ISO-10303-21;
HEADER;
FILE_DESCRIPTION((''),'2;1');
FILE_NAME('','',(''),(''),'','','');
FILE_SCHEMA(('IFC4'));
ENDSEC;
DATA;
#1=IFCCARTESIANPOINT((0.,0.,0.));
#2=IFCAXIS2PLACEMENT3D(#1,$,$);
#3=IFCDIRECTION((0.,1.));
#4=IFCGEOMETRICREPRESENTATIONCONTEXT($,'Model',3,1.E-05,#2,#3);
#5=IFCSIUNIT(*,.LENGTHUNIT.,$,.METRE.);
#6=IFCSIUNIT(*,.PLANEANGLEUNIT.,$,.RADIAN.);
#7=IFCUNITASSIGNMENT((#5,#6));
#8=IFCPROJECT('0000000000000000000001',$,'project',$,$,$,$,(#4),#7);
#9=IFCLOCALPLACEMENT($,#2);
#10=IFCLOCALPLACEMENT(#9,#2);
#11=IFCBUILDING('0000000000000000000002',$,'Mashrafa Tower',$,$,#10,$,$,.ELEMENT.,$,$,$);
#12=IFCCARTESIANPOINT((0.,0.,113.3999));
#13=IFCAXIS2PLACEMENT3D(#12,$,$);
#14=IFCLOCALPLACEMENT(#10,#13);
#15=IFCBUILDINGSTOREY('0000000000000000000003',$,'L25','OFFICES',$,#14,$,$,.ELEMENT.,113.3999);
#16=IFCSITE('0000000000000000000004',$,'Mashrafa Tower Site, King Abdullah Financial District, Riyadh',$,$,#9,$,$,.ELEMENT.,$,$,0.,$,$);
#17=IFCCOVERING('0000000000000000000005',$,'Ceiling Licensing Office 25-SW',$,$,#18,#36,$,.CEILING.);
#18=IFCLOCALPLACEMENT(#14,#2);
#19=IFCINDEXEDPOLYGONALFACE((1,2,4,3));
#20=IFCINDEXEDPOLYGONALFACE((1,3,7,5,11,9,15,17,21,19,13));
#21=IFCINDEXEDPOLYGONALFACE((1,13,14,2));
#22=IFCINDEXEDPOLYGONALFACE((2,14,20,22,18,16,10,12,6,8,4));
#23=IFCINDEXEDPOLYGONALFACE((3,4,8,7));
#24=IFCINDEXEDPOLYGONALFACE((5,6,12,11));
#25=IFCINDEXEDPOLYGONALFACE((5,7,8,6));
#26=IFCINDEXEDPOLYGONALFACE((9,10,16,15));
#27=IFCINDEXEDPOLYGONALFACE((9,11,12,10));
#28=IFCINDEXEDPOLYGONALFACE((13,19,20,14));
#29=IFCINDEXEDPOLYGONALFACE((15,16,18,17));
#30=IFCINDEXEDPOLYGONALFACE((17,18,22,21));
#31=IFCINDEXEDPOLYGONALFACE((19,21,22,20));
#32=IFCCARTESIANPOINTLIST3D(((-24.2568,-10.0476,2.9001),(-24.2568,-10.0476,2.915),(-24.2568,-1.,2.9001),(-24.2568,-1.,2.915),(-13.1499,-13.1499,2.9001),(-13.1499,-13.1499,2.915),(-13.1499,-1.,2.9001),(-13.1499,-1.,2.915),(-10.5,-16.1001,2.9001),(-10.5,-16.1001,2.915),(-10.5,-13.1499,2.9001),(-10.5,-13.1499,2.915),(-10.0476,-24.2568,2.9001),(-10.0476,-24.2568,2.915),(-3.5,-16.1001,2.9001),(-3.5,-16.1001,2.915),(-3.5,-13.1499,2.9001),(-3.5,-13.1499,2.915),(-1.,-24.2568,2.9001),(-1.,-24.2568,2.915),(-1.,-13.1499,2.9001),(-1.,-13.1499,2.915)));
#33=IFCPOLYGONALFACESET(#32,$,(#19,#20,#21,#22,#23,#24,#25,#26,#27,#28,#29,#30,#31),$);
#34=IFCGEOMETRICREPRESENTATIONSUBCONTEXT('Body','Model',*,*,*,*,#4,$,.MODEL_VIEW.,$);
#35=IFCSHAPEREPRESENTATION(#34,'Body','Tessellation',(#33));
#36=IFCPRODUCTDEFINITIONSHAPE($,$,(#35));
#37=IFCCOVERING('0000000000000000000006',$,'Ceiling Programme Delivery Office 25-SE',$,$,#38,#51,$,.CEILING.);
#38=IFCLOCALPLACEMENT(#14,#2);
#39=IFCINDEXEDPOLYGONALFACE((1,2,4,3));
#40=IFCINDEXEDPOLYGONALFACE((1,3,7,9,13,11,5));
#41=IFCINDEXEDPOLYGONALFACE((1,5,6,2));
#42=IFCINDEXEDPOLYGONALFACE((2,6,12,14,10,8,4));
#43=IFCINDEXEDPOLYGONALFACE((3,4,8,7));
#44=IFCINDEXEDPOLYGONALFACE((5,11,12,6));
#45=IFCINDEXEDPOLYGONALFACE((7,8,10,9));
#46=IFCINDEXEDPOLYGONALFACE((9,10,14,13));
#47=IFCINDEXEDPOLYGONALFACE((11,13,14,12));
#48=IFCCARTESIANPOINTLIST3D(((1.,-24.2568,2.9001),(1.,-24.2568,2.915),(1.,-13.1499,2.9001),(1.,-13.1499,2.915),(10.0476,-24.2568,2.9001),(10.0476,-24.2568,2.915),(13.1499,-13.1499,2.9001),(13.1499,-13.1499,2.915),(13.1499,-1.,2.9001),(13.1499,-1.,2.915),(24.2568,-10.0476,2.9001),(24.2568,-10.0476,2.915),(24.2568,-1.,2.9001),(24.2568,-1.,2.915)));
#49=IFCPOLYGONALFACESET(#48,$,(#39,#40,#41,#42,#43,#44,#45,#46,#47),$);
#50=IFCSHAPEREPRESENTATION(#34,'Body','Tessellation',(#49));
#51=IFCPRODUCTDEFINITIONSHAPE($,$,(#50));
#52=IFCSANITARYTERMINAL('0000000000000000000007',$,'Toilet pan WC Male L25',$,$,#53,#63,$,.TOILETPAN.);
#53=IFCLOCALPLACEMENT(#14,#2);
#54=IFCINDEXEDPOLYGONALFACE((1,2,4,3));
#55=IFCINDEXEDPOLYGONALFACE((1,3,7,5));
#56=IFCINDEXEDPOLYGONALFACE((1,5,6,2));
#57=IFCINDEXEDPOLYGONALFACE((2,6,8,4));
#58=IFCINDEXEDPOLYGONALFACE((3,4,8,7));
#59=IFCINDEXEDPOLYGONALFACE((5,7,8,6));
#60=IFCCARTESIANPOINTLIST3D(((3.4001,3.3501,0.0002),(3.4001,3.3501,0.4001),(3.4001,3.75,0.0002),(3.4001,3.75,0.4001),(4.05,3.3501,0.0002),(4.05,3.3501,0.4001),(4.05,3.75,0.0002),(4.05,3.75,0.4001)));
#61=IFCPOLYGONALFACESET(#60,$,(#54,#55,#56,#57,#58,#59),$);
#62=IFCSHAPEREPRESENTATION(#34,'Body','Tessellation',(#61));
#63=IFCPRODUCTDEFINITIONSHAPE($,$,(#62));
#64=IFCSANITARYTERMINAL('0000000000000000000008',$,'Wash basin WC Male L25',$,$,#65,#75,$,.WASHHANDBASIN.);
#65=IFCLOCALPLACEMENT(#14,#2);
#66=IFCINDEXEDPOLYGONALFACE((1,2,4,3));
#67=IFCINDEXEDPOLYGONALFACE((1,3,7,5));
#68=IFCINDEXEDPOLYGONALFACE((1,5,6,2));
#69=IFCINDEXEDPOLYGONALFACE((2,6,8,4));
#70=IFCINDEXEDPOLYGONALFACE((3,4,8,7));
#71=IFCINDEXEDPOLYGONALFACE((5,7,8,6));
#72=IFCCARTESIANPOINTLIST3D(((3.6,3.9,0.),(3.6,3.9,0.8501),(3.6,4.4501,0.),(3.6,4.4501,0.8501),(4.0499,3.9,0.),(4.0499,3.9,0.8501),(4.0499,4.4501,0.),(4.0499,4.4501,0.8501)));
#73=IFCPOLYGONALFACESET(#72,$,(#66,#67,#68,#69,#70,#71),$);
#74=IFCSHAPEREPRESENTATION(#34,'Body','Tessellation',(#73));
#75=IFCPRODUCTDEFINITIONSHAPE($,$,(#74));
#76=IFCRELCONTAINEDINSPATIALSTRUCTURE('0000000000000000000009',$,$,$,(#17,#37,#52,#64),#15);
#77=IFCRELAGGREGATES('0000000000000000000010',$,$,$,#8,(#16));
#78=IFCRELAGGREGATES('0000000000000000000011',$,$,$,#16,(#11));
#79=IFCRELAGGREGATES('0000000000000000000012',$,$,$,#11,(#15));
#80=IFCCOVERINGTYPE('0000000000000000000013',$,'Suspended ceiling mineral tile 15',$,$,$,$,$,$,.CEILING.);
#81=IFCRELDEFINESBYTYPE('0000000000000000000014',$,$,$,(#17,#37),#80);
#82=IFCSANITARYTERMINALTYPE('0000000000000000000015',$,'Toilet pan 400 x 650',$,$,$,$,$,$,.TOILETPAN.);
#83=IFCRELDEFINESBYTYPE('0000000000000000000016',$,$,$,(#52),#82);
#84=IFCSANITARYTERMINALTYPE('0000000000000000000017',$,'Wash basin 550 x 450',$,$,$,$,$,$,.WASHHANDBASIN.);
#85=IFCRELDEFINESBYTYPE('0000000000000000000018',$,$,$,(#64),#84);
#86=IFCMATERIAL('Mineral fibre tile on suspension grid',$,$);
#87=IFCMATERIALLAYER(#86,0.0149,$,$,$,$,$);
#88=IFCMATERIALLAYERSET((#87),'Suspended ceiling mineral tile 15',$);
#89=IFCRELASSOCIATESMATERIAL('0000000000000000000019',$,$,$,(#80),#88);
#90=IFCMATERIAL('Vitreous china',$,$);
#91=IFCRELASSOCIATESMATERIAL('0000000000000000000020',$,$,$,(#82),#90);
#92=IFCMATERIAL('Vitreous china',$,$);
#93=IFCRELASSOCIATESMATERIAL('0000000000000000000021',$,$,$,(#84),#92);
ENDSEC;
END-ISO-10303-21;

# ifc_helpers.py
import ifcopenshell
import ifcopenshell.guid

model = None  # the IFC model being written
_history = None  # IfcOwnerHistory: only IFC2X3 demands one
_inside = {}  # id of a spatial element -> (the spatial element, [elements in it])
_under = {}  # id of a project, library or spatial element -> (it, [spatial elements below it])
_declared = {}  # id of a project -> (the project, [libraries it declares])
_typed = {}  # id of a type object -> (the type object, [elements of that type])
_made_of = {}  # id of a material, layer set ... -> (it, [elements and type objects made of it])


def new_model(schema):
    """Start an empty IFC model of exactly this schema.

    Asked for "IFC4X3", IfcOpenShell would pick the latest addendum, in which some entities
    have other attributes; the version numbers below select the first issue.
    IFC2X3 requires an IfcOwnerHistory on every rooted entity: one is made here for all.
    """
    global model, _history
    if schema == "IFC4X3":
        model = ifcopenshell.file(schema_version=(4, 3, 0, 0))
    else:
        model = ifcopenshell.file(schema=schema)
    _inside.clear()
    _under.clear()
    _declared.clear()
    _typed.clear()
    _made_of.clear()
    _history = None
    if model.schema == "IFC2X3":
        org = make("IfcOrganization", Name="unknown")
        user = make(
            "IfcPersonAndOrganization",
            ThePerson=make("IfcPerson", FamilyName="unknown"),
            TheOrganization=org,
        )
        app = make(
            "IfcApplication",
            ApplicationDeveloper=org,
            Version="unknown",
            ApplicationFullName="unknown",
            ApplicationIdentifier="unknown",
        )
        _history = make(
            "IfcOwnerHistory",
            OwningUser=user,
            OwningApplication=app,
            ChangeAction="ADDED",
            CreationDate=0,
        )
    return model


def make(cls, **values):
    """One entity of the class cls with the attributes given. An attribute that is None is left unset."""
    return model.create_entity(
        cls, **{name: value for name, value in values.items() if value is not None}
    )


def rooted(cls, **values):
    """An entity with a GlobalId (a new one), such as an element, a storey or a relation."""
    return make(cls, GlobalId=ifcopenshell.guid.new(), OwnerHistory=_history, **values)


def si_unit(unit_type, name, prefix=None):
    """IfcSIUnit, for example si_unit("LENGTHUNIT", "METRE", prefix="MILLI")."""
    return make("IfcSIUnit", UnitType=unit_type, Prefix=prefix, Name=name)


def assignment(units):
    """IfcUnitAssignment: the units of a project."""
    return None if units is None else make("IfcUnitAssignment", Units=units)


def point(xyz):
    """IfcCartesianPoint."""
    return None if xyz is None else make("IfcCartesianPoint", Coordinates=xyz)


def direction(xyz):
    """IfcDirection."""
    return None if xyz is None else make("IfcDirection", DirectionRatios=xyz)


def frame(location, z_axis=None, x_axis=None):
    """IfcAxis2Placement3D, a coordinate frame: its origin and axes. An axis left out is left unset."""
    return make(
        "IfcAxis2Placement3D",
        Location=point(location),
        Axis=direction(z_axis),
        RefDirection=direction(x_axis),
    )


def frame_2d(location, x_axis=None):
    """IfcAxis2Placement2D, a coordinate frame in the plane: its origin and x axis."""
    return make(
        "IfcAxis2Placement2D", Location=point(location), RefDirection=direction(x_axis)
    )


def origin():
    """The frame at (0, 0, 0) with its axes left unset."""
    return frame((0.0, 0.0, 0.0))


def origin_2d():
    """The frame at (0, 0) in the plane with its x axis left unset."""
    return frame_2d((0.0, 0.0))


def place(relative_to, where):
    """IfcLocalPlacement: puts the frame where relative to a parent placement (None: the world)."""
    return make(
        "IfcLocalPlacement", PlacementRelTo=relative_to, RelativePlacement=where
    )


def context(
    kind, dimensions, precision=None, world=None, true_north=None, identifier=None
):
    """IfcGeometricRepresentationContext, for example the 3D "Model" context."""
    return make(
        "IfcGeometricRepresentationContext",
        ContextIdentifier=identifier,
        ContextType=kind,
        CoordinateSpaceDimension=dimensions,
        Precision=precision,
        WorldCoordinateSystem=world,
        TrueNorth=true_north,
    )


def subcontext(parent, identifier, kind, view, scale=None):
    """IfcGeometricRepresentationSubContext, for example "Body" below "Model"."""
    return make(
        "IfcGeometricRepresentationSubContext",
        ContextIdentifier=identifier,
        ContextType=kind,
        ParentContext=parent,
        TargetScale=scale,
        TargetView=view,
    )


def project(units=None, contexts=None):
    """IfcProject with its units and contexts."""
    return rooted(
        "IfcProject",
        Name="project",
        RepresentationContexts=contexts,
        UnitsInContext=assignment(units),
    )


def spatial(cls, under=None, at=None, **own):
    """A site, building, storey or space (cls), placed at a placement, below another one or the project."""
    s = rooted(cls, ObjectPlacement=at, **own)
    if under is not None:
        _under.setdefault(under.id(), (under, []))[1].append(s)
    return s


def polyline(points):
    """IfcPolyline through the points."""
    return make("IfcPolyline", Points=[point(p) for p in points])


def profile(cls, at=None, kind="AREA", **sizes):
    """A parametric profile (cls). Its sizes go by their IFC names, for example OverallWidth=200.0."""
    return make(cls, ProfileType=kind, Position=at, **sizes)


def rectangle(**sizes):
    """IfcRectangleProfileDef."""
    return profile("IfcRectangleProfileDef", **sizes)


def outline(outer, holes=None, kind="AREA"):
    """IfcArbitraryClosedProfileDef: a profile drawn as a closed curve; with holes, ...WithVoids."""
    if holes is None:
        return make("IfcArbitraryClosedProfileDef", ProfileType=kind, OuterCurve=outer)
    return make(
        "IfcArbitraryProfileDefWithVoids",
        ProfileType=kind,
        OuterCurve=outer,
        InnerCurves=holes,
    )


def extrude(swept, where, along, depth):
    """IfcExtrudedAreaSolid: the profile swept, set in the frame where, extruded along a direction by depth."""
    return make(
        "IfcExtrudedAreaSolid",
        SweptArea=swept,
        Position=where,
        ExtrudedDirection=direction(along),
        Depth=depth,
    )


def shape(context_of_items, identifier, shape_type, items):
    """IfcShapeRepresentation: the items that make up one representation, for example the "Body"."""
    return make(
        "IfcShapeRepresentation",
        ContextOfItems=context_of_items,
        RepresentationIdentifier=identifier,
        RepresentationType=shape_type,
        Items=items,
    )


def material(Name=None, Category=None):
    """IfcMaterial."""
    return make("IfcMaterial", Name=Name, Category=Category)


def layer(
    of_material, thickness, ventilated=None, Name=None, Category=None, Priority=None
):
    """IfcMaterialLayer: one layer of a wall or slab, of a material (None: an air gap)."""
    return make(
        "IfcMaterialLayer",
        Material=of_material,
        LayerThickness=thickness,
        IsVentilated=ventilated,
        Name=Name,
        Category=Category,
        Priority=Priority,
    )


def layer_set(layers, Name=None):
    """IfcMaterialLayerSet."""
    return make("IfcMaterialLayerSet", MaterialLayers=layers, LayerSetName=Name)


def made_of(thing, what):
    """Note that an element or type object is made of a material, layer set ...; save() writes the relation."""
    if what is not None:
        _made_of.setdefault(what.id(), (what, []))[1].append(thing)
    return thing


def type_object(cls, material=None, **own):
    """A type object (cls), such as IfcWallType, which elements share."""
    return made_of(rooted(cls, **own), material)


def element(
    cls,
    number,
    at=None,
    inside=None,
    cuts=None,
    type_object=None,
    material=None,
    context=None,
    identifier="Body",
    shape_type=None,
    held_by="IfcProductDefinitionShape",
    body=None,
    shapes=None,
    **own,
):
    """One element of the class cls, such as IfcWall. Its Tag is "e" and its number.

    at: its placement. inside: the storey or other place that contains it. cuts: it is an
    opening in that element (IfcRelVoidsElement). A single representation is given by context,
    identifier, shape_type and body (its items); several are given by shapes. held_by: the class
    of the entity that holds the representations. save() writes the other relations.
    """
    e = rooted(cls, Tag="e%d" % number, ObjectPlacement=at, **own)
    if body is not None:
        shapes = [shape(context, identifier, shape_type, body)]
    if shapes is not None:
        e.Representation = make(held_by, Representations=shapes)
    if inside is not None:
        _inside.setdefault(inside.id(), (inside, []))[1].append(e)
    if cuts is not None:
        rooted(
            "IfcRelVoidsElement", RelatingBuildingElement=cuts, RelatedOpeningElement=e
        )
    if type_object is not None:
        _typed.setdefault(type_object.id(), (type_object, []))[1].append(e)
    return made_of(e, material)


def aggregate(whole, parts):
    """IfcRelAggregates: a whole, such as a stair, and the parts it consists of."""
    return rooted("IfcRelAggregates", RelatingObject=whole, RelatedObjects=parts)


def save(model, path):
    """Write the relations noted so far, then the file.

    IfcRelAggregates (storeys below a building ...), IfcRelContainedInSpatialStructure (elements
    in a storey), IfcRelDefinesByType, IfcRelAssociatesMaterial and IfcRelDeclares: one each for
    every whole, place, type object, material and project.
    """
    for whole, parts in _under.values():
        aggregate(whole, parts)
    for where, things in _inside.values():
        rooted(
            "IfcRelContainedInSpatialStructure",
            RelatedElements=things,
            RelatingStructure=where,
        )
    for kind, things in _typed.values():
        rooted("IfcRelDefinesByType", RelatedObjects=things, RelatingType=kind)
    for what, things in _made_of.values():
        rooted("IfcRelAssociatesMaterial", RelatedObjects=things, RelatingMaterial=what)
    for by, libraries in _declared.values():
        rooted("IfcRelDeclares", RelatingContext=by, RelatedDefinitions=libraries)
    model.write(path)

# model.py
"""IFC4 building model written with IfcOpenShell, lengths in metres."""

from ifc_helpers import new_model, si_unit, direction, frame, origin, origin_2d, place, context, subcontext, project, spatial, polyline, rectangle, outline, extrude, material, layer, layer_set, type_object, element, save


model = new_model("IFC4")

# Units and contexts
model_context = context("Model", 3, precision=1e-05, world=origin(), true_north=direction((0.0, 1.0)))
body_context = subcontext(model_context, "Body", "Model", "MODEL_VIEW")
ifc_project = project(units=[si_unit("LENGTHUNIT", "METRE"), si_unit("PLANEANGLEUNIT", "RADIAN")], contexts=[model_context])

# Site, building, storey
site_placement = place(None, origin())
site = spatial("IfcSite", under=ifc_project, at=site_placement, Name="Mashrafa Tower Site, King Abdullah Financial District, Riyadh", CompositionType="ELEMENT", RefElevation=0.0)
building_placement = place(site_placement, origin())
building = spatial("IfcBuilding", under=site, at=building_placement, Name="Mashrafa Tower", CompositionType="ELEMENT")
storey_placement = place(building_placement, frame((0.0, 0.0, 113.3999)))
storey = spatial("IfcBuildingStorey", under=building, at=storey_placement, Name="L25", Description="OFFICES", CompositionType="ELEMENT", Elevation=113.3999)

# Coverings
ifc_material_1 = material(Name="Mineral fibre tile on suspension grid")
ifc_layer_1 = layer(ifc_material_1, 0.0149)
ifc_layer_set_1 = layer_set([ifc_layer_1], Name="Suspended ceiling mineral tile 15")
covering_type = type_object("IfcCoveringType", Name="Suspended ceiling mineral tile 15", PredefinedType="CEILING", material=ifc_layer_set_1)
covering_1_placement = place(storey_placement, frame((0.0, 0.0, 2.9001)))
element("IfcCovering", 1, at=covering_1_placement, inside=storey, type_object=covering_type, Name="Ceiling Licensing Office 25-SW", PredefinedType="CEILING", context=body_context, shape_type="SweptSolid", body=[
    extrude(outline(polyline([(-1.0, -24.2568), (-10.0476, -24.2568), (-24.2568, -10.0476), (-24.2568, -1.0), (-13.1499, -1.0), (-13.1499, -13.1499), (-10.5, -13.1499), (-10.5, -16.1001), (-3.5, -16.1001), (-3.5, -13.1499), (-1.0, -13.1499), (-1.0, -24.2568)])), origin(), (0.0, 0.0, 1.0), 0.0149),
])
covering_2_placement = place(storey_placement, frame((0.0, 0.0, 2.9001)))
element("IfcCovering", 2, at=covering_2_placement, inside=storey, type_object=covering_type, Name="Ceiling Programme Delivery Office 25-SE", PredefinedType="CEILING", context=body_context, shape_type="SweptSolid", body=[
    extrude(outline(polyline([(24.2568, -1.0), (24.2568, -10.0476), (10.0476, -24.2568), (1.0, -24.2568), (1.0, -13.1499), (13.1499, -13.1499), (13.1499, -1.0), (24.2568, -1.0)])), origin(), (0.0, 0.0, 1.0), 0.0149),
])

# Sanitary terminals
ifc_material_2 = material(Name="Vitreous china")
sanitary_terminal_type_1 = type_object("IfcSanitaryTerminalType", Name="Toilet pan 400 x 650", PredefinedType="TOILETPAN", material=ifc_material_2)
sanitary_terminal_1_placement = place(storey_placement, frame((3.7251, 3.55, 0.0002), z_axis=(0.0, 0.0, 1.0), x_axis=(0.0, 1.0, 0.0)))
element("IfcSanitaryTerminal", 3, at=sanitary_terminal_1_placement, inside=storey, type_object=sanitary_terminal_type_1, Name="Toilet pan WC Male L25", PredefinedType="TOILETPAN", context=body_context, shape_type="SweptSolid", body=[
    extrude(rectangle(XDim=0.3999, YDim=0.6499, at=origin_2d()), origin(), (0.0, 0.0, 1.0), 0.3999),
])
ifc_material_3 = material(Name="Vitreous china")
sanitary_terminal_type_2 = type_object("IfcSanitaryTerminalType", Name="Wash basin 550 x 450", PredefinedType="WASHHANDBASIN", material=ifc_material_3)
sanitary_terminal_2_placement = place(storey_placement, frame((3.825, 4.175, 0.0), z_axis=(0.0, 0.0, 1.0), x_axis=(0.0, 1.0, 0.0)))
element("IfcSanitaryTerminal", 4, at=sanitary_terminal_2_placement, inside=storey, type_object=sanitary_terminal_type_2, Name="Wash basin WC Male L25", PredefinedType="WASHHANDBASIN", context=body_context, shape_type="SweptSolid", body=[
    extrude(rectangle(XDim=0.55, YDim=0.45, at=origin_2d()), origin(), (0.0, 0.0, 1.0), 0.8501),
])

save(model, "model.ifc")
